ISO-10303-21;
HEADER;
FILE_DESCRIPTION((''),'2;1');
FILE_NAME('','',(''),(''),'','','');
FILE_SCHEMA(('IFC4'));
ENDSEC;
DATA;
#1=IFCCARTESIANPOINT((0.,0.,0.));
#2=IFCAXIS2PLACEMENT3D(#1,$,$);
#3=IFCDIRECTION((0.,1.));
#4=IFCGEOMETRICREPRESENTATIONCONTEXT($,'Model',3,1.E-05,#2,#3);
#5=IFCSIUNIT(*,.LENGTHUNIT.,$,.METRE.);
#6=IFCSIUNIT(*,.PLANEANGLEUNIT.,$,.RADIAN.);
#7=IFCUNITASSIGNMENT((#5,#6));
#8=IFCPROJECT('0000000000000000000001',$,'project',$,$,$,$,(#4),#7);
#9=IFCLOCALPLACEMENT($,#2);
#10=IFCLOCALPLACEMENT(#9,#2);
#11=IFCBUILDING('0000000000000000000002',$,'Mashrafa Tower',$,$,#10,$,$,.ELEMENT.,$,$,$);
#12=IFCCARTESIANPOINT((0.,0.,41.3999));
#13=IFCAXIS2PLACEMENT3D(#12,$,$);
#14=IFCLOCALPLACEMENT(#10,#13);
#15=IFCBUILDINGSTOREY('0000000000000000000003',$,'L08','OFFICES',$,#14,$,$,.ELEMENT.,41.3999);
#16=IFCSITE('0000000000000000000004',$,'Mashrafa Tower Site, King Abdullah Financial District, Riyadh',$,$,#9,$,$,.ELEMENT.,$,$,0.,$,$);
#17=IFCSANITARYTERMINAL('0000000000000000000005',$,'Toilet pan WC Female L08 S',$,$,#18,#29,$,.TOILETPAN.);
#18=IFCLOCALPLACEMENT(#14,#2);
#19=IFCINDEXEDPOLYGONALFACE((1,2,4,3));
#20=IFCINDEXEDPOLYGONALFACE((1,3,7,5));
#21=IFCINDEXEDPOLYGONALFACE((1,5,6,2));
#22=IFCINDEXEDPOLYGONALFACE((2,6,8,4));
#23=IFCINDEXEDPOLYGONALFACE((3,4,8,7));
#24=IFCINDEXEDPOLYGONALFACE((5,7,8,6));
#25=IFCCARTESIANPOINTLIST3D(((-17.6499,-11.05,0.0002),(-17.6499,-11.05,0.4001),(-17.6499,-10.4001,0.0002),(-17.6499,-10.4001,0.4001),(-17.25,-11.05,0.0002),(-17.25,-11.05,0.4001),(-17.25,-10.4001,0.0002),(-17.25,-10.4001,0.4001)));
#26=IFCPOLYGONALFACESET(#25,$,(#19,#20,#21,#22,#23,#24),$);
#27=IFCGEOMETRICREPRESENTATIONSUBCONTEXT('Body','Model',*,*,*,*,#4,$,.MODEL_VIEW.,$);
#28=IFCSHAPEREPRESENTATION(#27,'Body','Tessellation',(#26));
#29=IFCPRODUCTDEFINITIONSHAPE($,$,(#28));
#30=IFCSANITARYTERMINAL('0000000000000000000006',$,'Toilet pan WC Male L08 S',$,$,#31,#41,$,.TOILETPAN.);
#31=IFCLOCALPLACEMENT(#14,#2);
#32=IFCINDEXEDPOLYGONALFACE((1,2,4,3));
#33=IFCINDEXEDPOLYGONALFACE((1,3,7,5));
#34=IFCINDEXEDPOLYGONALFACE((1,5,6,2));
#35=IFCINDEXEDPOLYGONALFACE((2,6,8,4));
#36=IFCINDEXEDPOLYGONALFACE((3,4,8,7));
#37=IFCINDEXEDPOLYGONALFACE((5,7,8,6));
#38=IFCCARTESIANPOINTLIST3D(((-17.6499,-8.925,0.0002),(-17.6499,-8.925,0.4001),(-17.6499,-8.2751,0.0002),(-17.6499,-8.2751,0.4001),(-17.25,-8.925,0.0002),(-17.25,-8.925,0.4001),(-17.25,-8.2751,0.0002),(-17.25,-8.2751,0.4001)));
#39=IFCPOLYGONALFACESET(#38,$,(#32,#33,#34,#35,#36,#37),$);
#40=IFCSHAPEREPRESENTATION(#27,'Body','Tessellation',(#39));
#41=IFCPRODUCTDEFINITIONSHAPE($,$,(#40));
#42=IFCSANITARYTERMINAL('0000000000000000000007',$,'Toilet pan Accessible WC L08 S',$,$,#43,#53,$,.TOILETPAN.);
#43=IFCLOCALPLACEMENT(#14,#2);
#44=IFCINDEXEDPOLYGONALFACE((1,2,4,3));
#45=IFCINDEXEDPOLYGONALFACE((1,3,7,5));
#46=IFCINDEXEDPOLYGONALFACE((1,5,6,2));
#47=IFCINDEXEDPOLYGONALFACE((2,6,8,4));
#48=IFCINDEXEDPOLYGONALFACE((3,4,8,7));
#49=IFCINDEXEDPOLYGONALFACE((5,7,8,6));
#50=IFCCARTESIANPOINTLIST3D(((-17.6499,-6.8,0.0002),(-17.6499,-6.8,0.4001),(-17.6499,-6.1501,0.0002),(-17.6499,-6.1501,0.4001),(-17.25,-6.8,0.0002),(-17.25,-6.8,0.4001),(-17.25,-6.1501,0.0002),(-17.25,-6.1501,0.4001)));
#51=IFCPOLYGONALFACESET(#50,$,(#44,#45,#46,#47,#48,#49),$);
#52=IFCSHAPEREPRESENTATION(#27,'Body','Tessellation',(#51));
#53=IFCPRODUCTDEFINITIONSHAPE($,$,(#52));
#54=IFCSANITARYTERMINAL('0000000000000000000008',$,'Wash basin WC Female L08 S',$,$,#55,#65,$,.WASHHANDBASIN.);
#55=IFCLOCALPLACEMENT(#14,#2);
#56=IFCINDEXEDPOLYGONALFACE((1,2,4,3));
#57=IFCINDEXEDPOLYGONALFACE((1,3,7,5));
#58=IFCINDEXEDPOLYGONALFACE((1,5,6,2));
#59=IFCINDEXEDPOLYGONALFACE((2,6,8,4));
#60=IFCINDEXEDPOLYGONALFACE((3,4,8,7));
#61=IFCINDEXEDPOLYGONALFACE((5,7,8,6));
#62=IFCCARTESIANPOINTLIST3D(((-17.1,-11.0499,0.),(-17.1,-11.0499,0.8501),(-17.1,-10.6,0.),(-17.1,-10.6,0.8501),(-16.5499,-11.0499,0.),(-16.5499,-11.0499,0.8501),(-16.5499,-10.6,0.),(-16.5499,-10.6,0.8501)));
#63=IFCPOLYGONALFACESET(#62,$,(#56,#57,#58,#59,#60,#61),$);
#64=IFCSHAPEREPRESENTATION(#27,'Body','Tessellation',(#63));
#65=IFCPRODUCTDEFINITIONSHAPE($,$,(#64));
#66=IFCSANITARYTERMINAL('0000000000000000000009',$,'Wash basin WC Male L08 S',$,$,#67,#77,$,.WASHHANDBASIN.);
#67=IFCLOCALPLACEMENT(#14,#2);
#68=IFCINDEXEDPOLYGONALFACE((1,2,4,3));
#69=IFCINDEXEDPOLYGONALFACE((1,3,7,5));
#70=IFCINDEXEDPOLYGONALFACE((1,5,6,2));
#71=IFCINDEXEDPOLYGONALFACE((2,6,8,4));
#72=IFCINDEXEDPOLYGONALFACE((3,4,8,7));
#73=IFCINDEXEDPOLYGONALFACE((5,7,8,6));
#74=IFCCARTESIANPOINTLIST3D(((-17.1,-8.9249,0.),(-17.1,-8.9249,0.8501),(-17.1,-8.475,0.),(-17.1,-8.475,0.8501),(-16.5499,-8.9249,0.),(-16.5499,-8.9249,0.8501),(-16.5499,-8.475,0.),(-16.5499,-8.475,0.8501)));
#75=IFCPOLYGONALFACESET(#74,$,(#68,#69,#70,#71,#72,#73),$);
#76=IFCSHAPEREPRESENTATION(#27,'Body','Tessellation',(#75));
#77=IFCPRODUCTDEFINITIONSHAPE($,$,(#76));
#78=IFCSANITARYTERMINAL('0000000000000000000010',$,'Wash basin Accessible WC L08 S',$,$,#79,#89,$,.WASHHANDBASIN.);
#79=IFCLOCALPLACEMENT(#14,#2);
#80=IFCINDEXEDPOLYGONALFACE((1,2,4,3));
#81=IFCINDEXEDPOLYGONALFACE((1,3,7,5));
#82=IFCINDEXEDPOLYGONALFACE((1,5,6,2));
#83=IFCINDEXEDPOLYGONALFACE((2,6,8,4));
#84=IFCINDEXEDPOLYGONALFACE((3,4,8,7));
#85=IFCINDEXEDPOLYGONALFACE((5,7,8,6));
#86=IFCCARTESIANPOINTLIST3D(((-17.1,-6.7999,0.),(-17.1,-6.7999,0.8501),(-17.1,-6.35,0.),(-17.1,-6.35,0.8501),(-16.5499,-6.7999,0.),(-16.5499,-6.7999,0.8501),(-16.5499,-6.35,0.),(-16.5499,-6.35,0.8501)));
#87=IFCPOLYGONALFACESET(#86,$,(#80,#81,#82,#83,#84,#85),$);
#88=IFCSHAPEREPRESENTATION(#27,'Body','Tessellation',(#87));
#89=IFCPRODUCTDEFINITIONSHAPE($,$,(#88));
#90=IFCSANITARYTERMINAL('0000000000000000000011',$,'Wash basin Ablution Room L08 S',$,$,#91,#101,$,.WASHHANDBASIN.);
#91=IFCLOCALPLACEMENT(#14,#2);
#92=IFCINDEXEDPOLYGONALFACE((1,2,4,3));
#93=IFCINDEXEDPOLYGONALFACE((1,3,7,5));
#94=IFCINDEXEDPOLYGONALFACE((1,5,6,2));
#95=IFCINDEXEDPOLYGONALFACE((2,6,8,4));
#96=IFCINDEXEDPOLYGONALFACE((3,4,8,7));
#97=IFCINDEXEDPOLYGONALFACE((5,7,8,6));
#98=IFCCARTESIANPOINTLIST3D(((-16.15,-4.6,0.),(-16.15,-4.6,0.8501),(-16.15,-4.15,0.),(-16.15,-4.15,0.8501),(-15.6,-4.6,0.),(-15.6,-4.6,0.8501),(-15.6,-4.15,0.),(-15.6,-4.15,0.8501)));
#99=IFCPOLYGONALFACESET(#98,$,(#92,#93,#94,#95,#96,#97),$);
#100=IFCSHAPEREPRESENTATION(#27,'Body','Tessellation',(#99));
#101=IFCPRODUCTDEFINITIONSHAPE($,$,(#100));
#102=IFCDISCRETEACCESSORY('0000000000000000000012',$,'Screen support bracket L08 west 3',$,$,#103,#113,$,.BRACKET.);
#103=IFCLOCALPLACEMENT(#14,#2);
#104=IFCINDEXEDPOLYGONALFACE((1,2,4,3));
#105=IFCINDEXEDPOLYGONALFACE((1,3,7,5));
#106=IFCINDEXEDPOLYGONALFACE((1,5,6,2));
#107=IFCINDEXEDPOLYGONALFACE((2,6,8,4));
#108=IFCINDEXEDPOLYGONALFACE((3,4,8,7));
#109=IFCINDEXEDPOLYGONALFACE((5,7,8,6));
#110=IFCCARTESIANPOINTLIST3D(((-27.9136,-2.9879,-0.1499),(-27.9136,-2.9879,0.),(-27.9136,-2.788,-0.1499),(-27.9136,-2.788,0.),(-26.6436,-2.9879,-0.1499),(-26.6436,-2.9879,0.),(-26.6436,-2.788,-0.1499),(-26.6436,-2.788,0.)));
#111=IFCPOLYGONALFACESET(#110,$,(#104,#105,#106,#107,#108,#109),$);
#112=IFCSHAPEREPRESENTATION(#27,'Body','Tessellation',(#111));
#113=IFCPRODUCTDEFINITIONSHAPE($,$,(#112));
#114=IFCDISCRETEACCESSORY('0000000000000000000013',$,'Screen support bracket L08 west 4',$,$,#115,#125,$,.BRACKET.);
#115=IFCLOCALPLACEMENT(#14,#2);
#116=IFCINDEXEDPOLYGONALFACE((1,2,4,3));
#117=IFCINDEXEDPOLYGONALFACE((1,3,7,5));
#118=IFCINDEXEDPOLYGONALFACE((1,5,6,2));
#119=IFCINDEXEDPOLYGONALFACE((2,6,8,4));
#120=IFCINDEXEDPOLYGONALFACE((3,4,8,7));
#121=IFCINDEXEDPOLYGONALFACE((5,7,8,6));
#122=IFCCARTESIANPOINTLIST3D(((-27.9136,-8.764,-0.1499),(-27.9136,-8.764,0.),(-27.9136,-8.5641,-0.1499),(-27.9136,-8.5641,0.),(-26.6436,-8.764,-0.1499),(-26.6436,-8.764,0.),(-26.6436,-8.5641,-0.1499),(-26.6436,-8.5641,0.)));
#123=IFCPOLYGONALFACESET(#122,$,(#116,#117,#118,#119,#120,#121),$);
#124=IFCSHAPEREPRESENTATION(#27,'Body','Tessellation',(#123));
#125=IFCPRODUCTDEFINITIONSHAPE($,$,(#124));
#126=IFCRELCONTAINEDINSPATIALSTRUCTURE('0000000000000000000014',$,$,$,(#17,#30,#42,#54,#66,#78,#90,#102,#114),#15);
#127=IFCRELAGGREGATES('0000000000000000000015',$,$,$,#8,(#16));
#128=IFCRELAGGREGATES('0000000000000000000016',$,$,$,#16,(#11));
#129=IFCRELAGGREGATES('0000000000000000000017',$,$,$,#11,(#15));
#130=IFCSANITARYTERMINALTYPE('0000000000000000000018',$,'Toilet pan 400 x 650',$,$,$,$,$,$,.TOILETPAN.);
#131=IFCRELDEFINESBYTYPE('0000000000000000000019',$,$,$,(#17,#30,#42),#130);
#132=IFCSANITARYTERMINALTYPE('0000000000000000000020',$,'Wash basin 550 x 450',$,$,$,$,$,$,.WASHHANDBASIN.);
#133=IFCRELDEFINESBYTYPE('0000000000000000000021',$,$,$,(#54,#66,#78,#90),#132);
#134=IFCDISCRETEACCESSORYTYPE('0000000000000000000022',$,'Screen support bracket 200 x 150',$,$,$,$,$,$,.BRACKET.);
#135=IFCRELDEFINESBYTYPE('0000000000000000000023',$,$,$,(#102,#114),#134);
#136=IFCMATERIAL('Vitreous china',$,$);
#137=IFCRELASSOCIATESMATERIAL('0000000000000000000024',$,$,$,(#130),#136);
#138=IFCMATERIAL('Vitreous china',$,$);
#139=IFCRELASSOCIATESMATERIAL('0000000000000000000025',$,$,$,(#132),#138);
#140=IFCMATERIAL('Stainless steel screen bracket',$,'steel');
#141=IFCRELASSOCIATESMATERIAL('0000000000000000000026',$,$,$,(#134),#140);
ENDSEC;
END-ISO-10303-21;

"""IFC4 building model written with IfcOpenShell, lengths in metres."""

from ifc_helpers import new_model, si_unit, direction, frame, origin, origin_2d, place, context, subcontext, project, spatial, rectangle, extrude, source, transform, mapped, material, type_object, type_shapes, element, save


model = new_model("IFC4")

# Units and contexts
model_context = context("Model", 3, precision=1e-05, world=origin(), true_north=direction((0.0, 1.0)))
body_context = subcontext(model_context, "Body", "Model", "MODEL_VIEW")
ifc_project = project(units=[si_unit("LENGTHUNIT", "METRE"), si_unit("PLANEANGLEUNIT", "RADIAN")], contexts=[model_context])

# Site, building, storey
site_placement = place(None, origin())
site = spatial("IfcSite", under=ifc_project, at=site_placement, Name="Mashrafa Tower Site, King Abdullah Financial District, Riyadh", CompositionType="ELEMENT", RefElevation=0.0)
building_placement = place(site_placement, origin())
building = spatial("IfcBuilding", under=site, at=building_placement, Name="Mashrafa Tower", CompositionType="ELEMENT")
storey_placement = place(building_placement, frame((0.0, 0.0, 41.3999)))
storey = spatial("IfcBuildingStorey", under=building, at=storey_placement, Name="L08", Description="OFFICES", CompositionType="ELEMENT", Elevation=41.3999)

# Sanitary terminals
ifc_material_1 = material(Name="Vitreous china")
sanitary_terminal_type_1 = type_object("IfcSanitaryTerminalType", Name="Toilet pan 400 x 650", PredefinedType="TOILETPAN", material=ifc_material_1)
for number, where, z_axis, x_axis, name in (
    (1, (-17.45, -10.7251, 0.0002), (0.0, 0.0, 1.0), (1.0, 0.0, 0.0), "Toilet pan WC Female L08 S"),
    (2, (-17.45, -8.6001, 0.0002), (0.0, 0.0, 1.0), (1.0, 0.0, 0.0), "Toilet pan WC Male L08 S"),
    (3, (-17.45, -6.4751, 0.0002), (0.0, 0.0, 1.0), (1.0, 0.0, 0.0), "Toilet pan Accessible WC L08 S"),
):
    element("IfcSanitaryTerminal", number, at=place(storey_placement, frame(where, z_axis=z_axis, x_axis=x_axis)), inside=storey, type_object=sanitary_terminal_type_1, Name=name, PredefinedType="TOILETPAN", context=body_context, shape_type="SweptSolid", body=[
        extrude(rectangle(XDim=0.3999, YDim=0.6499, at=origin_2d()), origin(), (0.0, 0.0, 1.0), 0.3999),
    ])
ifc_material_2 = material(Name="Vitreous china")
sanitary_terminal_type_2 = type_object("IfcSanitaryTerminalType", Name="Wash basin 550 x 450", PredefinedType="WASHHANDBASIN", material=ifc_material_2)
for number, where, z_axis, x_axis, name in (
    (4, (-16.825, -10.825, 0.0), (0.0, 0.0, 1.0), (1.0, 0.0, 0.0), "Wash basin WC Female L08 S"),
    (5, (-16.825, -8.7, 0.0), (0.0, 0.0, 1.0), (1.0, 0.0, 0.0), "Wash basin WC Male L08 S"),
    (6, (-16.825, -6.575, 0.0), (0.0, 0.0, 1.0), (1.0, 0.0, 0.0), "Wash basin Accessible WC L08 S"),
    (7, (-15.875, -4.375, 0.0), (0.0, 0.0, 1.0), (1.0, 0.0, 0.0), "Wash basin Ablution Room L08 S"),
):
    element("IfcSanitaryTerminal", number, at=place(storey_placement, frame(where, z_axis=z_axis, x_axis=x_axis)), inside=storey, type_object=sanitary_terminal_type_2, Name=name, PredefinedType="WASHHANDBASIN", context=body_context, shape_type="SweptSolid", body=[
        extrude(rectangle(XDim=0.55, YDim=0.45, at=origin_2d()), origin(), (0.0, 0.0, 1.0), 0.8501),
    ])

# Discrete accessories
ifc_material_3 = material(Name="Stainless steel screen bracket", Category="steel")
discrete_accessory_type = type_object("IfcDiscreteAccessoryType", Name="Screen support bracket 200 x 150", PredefinedType="BRACKET", material=ifc_material_3)
shared_shape_1 = source(origin(), body_context, "Body", "SweptSolid", [
    extrude(rectangle(XDim=0.2, YDim=1.27, at=origin_2d()), origin(), (0.0, 0.0, 1.0), 0.1499),
])
type_shapes(discrete_accessory_type, [shared_shape_1])
for number, where, z_axis, x_axis, name in (
    (8, (-27.2786, -2.8879, -0.1499), (0.0, 0.0, 1.0), (0.0, -1.0, 0.0), "Screen support bracket L08 west 3"),
    (9, (-27.2786, -8.6641, -0.1499), (0.0, 0.0, 1.0), (0.0, -1.0, 0.0), "Screen support bracket L08 west 4"),
):
    element("IfcDiscreteAccessory", number, at=place(storey_placement, frame(where, z_axis=z_axis, x_axis=x_axis)), inside=storey, type_object=discrete_accessory_type, Name=name, PredefinedType="BRACKET", context=body_context, shape_type="MappedRepresentation", body=[
        mapped(shared_shape_1, transform((0.0, 0.0, 0.0))),
    ])

save(model, "model.ifc")
